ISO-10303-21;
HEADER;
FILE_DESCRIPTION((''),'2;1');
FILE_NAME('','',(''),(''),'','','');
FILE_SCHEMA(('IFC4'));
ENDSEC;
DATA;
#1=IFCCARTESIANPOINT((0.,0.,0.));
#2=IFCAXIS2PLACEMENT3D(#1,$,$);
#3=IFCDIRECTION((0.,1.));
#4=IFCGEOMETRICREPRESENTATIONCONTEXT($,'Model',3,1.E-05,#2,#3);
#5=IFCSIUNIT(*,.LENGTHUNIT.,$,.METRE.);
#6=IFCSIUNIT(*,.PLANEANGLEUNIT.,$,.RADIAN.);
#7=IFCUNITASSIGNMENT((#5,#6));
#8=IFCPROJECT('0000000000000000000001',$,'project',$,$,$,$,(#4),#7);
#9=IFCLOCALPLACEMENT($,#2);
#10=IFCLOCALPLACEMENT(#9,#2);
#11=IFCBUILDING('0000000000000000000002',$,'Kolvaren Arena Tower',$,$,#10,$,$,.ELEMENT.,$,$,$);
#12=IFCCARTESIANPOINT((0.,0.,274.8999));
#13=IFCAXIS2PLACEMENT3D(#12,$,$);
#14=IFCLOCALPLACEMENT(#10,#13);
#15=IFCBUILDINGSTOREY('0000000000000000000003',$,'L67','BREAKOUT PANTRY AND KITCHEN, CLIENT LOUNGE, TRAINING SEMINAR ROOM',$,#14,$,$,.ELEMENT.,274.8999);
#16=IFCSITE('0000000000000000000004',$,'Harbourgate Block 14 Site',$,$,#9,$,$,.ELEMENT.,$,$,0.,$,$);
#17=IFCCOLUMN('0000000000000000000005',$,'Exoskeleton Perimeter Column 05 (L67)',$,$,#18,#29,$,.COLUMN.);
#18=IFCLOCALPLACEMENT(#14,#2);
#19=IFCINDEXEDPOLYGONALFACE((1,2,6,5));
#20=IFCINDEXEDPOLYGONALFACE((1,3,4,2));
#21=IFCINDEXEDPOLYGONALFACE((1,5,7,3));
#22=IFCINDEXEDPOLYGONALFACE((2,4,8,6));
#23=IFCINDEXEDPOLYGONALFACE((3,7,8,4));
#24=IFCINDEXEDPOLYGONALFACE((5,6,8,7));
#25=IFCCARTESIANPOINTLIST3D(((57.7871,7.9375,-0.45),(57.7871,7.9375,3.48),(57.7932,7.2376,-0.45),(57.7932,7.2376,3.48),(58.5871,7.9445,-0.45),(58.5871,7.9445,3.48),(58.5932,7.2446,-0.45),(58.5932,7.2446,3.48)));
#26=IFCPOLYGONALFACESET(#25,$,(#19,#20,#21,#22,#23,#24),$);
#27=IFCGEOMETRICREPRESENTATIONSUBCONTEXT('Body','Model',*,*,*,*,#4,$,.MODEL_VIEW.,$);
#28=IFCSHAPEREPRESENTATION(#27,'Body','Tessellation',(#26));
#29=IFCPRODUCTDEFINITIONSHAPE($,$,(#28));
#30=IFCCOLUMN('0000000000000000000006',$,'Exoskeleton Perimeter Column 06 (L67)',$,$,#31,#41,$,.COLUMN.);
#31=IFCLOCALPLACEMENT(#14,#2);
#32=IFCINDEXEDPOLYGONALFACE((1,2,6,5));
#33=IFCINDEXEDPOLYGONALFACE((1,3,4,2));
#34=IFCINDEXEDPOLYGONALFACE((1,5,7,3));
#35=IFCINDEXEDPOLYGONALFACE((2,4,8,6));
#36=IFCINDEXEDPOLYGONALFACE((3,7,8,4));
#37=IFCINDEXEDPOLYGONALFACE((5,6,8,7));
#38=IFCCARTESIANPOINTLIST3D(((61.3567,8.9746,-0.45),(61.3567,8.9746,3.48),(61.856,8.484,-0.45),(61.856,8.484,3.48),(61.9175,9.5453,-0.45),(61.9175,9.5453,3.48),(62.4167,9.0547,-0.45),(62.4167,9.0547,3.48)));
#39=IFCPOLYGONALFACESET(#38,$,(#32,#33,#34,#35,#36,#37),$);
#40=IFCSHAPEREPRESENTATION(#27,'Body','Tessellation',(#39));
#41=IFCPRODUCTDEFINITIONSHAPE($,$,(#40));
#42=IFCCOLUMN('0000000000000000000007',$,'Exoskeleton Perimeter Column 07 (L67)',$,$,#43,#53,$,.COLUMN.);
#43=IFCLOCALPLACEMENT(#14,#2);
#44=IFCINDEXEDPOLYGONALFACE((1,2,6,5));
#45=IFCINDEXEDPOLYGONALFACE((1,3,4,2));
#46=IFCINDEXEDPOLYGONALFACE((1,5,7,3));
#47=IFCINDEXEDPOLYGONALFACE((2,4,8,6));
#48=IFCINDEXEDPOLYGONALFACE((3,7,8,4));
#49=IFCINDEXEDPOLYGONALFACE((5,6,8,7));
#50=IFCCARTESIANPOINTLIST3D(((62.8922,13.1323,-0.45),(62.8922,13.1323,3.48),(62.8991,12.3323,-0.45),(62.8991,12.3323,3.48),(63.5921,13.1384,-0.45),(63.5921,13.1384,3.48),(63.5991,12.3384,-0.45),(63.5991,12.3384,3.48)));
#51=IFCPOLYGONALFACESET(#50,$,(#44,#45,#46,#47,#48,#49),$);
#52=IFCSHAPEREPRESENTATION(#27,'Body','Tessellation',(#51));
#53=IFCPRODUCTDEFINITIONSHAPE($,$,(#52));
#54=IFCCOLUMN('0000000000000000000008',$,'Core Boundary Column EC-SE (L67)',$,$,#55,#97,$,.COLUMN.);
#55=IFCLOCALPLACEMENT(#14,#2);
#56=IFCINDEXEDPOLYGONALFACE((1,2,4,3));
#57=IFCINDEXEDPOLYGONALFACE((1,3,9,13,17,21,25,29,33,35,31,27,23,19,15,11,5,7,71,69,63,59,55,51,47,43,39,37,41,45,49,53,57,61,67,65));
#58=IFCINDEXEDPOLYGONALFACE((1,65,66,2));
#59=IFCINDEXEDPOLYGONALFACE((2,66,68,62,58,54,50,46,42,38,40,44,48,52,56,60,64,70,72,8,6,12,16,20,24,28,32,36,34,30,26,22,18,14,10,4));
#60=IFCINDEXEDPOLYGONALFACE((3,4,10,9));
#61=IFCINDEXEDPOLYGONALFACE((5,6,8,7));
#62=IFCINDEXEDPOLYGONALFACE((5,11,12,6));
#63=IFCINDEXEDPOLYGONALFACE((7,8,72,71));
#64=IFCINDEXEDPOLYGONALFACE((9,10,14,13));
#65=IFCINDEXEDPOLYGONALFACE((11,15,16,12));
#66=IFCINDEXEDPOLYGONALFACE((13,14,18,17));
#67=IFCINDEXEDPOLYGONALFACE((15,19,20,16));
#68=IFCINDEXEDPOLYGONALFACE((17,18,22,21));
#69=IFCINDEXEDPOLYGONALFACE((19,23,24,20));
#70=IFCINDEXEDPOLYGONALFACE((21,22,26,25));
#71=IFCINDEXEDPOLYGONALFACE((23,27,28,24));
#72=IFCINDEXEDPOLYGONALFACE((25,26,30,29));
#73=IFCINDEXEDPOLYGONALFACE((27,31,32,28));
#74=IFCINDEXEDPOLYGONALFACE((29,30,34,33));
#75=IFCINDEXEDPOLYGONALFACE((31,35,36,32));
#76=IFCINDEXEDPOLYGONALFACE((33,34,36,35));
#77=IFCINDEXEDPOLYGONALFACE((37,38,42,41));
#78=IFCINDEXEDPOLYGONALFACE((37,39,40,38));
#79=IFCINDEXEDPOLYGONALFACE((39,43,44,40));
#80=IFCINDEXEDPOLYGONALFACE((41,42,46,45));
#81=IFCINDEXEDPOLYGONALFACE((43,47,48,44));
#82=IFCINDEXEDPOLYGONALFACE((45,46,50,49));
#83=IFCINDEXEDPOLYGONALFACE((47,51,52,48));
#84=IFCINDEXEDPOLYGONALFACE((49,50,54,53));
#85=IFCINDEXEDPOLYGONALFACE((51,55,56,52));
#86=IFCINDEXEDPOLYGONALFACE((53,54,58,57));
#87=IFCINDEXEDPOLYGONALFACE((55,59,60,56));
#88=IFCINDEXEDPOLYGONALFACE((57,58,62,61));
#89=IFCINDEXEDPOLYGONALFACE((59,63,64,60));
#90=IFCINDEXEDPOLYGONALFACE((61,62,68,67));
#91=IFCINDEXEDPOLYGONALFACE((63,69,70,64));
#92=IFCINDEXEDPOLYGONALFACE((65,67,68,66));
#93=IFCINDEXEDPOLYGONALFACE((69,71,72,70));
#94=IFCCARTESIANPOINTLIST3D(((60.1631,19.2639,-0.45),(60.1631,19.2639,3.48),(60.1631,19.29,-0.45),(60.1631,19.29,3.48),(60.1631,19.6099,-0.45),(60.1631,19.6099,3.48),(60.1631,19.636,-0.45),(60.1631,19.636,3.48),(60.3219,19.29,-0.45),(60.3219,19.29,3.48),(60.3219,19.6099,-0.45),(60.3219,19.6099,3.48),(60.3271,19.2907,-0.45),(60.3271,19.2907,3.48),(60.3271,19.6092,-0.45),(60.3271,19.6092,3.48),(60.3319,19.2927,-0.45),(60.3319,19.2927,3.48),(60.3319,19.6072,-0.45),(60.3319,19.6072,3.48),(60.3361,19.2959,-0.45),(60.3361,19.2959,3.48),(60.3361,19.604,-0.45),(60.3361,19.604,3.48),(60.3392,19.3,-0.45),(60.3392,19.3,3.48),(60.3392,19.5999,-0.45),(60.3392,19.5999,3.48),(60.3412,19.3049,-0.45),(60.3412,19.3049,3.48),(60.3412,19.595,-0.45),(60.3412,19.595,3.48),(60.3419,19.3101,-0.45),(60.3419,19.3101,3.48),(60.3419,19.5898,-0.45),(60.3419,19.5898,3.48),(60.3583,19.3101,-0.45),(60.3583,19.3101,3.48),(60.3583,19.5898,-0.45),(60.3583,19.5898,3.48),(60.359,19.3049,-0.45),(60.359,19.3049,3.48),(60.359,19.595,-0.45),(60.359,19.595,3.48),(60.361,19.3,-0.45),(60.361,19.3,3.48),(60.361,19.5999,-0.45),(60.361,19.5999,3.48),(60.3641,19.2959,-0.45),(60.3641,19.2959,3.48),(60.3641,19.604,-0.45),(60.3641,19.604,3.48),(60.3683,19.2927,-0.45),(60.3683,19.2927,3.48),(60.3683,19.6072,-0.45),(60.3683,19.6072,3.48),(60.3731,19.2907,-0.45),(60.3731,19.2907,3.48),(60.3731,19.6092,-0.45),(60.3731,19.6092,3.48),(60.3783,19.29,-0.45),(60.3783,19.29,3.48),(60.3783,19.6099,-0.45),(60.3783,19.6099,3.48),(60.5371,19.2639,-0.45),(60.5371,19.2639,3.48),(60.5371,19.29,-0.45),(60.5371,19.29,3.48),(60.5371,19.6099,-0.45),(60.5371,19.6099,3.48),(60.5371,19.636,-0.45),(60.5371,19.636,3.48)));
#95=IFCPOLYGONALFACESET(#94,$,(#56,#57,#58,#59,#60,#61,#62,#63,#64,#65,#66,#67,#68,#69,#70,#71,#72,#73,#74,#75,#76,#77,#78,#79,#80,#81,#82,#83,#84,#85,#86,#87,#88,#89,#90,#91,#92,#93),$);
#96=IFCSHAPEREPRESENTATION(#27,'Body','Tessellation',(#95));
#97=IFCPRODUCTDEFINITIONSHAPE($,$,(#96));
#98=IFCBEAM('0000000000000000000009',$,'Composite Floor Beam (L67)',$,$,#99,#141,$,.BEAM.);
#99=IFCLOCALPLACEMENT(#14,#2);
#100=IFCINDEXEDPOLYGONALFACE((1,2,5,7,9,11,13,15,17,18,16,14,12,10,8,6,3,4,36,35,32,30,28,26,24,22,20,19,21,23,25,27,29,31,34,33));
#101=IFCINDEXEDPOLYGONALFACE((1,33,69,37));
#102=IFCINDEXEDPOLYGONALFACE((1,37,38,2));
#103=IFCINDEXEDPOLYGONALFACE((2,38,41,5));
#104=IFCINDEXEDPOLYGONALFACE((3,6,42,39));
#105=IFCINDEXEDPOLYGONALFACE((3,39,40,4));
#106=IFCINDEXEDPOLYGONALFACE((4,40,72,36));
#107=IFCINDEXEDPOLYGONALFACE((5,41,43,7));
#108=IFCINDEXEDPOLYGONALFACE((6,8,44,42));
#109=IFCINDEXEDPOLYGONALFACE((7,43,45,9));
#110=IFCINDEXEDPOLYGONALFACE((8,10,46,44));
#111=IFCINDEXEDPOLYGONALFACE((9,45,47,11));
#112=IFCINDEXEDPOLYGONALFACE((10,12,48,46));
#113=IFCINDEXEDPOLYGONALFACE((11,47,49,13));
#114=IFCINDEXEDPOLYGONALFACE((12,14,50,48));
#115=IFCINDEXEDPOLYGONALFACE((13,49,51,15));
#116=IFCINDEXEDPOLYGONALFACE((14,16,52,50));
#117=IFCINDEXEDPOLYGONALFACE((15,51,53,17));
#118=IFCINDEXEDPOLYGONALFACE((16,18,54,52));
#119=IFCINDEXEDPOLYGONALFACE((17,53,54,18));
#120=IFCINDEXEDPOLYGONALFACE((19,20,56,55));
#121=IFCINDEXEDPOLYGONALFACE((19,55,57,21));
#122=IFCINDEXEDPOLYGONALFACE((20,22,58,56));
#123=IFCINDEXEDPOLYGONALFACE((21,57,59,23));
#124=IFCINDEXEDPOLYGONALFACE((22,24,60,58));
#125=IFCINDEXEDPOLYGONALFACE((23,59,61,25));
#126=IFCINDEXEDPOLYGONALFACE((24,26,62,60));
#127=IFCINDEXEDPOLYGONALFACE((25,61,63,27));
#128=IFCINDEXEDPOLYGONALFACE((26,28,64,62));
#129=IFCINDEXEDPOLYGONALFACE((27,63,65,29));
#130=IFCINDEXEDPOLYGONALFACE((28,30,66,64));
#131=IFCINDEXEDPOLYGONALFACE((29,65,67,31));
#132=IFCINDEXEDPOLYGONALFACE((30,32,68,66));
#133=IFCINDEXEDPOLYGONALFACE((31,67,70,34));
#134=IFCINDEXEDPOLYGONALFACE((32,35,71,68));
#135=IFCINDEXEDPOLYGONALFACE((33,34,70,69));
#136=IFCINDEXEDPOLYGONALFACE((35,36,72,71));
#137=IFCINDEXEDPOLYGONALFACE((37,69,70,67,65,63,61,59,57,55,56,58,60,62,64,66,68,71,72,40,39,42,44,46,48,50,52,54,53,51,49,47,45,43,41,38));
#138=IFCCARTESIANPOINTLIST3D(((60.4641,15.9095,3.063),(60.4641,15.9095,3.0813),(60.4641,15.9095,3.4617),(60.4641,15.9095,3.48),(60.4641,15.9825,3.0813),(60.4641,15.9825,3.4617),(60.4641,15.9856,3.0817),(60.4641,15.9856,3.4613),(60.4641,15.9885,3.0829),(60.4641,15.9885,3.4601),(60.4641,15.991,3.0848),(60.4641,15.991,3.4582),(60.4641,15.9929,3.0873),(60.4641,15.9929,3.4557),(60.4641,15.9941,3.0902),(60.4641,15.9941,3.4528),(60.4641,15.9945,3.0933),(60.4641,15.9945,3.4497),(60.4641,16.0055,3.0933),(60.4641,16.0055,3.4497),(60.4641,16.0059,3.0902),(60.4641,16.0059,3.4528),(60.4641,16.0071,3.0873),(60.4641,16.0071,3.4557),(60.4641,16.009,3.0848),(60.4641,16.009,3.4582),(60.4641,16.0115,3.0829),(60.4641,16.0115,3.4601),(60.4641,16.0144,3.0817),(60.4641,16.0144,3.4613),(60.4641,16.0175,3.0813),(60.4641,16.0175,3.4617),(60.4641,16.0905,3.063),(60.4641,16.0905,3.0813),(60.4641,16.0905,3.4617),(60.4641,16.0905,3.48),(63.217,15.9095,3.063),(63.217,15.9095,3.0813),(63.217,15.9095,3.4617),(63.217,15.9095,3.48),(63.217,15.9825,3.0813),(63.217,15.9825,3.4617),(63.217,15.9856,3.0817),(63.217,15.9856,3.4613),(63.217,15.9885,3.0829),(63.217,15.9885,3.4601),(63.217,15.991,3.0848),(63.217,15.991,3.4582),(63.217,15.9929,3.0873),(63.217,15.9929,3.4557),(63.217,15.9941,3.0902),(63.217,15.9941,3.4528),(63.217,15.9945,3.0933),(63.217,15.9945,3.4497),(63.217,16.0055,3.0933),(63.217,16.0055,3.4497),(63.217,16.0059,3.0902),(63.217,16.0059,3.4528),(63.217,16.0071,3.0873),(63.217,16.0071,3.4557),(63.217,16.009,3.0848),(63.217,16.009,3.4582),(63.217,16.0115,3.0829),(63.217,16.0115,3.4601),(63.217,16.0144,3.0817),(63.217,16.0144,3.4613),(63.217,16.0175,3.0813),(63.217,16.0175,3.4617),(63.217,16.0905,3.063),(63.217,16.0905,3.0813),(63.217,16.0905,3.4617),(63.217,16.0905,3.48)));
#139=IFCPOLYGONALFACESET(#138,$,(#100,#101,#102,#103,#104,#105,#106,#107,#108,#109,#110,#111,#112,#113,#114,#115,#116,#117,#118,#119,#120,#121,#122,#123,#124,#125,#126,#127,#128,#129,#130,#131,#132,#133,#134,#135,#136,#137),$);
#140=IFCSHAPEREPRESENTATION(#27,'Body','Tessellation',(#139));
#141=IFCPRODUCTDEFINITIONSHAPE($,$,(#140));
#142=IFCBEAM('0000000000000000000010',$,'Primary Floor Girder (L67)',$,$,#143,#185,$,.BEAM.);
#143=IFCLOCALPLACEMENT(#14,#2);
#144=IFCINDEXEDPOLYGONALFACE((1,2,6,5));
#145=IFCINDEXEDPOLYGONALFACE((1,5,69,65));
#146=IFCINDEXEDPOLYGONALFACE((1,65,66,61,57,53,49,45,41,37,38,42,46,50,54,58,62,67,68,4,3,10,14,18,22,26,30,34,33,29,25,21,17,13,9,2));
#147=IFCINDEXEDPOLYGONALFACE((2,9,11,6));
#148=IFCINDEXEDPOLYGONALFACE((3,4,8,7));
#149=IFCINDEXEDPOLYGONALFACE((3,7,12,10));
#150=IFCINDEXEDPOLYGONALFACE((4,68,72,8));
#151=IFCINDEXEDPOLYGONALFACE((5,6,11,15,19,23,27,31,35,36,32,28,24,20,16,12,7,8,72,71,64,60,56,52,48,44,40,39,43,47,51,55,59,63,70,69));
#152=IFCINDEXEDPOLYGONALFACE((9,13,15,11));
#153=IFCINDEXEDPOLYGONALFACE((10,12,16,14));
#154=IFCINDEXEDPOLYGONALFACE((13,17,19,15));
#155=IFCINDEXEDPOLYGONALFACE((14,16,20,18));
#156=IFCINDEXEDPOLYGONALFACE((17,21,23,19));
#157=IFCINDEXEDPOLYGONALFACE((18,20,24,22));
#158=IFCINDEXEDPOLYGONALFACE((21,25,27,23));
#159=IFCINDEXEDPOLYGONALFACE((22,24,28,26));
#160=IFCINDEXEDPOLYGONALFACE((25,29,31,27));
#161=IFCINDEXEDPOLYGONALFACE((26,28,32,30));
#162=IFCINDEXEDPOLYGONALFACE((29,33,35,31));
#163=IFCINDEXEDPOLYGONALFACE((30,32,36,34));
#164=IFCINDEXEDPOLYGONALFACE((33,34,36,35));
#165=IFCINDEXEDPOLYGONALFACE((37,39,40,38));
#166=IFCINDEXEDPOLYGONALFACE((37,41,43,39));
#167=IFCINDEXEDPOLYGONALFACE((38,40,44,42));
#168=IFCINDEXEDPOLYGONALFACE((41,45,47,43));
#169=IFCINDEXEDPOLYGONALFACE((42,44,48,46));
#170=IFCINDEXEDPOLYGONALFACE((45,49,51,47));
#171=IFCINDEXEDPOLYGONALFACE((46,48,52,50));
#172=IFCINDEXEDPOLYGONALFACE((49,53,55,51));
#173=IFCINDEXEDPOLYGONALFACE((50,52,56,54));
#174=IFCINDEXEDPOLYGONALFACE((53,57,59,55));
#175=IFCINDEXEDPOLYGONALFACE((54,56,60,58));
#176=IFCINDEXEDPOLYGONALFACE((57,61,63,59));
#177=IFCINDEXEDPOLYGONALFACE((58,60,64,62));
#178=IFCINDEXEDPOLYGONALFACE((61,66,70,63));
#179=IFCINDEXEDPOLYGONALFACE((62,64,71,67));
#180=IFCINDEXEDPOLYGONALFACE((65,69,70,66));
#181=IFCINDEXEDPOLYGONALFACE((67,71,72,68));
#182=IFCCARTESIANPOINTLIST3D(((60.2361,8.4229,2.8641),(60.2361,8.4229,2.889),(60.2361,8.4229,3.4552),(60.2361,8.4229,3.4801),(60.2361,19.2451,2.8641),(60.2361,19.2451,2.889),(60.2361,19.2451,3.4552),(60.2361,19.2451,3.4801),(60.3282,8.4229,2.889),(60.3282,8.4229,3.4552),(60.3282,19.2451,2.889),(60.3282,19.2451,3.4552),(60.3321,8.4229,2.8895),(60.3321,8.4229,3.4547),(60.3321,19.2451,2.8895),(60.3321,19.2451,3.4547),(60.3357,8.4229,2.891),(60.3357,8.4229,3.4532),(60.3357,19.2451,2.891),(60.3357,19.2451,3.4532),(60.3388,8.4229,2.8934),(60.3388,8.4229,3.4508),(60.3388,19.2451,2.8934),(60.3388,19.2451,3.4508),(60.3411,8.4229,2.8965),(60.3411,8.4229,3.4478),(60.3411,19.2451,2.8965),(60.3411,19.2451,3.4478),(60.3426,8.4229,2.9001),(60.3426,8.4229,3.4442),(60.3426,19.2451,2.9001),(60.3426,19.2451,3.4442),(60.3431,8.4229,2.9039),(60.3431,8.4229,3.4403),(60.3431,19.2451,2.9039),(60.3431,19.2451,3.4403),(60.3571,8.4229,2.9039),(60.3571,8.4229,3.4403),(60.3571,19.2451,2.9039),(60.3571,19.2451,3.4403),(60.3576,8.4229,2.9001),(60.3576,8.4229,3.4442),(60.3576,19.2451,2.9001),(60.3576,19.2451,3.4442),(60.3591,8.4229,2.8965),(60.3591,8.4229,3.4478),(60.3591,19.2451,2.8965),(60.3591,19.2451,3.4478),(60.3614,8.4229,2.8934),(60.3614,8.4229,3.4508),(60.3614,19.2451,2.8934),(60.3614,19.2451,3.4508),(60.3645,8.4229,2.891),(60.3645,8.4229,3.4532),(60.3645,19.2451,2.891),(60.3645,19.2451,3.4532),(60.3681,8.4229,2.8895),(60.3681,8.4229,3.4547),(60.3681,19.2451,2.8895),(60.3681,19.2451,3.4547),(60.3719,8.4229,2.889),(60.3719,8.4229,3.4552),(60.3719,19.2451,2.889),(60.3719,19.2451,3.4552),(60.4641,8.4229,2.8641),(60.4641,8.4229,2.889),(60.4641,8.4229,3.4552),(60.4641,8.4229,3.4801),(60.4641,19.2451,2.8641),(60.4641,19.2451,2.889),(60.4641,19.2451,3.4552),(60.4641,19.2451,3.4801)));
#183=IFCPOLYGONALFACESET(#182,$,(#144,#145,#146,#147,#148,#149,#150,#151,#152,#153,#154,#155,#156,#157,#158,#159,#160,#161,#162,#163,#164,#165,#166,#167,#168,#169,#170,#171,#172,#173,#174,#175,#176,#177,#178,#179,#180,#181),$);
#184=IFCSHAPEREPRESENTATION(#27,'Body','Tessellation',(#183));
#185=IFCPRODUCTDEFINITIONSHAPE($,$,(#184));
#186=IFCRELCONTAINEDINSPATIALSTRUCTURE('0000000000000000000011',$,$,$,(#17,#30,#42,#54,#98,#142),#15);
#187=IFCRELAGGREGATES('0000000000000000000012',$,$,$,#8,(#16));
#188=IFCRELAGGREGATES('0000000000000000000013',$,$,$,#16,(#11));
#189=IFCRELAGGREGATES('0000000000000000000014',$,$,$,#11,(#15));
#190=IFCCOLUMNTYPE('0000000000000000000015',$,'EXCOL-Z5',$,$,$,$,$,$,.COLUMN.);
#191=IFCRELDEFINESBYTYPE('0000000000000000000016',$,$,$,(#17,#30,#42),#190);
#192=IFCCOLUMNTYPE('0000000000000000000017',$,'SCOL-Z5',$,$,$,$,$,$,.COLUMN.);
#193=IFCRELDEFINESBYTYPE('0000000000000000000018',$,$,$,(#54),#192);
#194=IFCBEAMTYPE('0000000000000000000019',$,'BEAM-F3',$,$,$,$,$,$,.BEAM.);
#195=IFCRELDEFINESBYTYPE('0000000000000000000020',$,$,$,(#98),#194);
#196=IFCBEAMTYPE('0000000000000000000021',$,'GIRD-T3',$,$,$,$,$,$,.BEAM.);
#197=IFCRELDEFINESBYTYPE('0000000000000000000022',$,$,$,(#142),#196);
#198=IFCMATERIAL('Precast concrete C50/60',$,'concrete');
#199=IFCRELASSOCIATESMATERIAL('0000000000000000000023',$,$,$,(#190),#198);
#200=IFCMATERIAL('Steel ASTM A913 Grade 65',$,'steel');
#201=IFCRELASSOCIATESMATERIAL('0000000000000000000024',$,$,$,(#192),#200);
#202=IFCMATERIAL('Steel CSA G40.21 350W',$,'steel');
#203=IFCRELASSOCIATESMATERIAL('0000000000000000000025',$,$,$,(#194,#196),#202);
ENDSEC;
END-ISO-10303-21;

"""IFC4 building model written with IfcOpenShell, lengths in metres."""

from ifc_helpers import new_model, si_unit, direction, frame, origin, origin_2d, place, context, subcontext, project, spatial, rectangle, i_section, extrude, material, material_profile, profile_set, type_object, element, save


model = new_model("IFC4")

# Units and contexts
model_context = context("Model", 3, precision=1e-05, world=origin(), true_north=direction((0.0, 1.0)))
body_context = subcontext(model_context, "Body", "Model", "MODEL_VIEW")
ifc_project = project(units=[si_unit("LENGTHUNIT", "METRE"), si_unit("PLANEANGLEUNIT", "RADIAN")], contexts=[model_context])

# Site, building, storey
site_placement = place(None, origin())
site = spatial("IfcSite", under=ifc_project, at=site_placement, Name="Harbourgate Block 14 Site", CompositionType="ELEMENT", RefElevation=0.0)
building_placement = place(site_placement, origin())
building = spatial("IfcBuilding", under=site, at=building_placement, Name="Kolvaren Arena Tower", CompositionType="ELEMENT")
storey_placement = place(building_placement, frame((0.0, 0.0, 274.8999)))
storey = spatial("IfcBuildingStorey", under=building, at=storey_placement, Name="L67", Description="BREAKOUT PANTRY AND KITCHEN, CLIENT LOUNGE, TRAINING SEMINAR ROOM", CompositionType="ELEMENT", Elevation=274.8999)

# Columns
ifc_material_1 = material(Name="Precast concrete C50/60", Category="concrete")
ifc_material_profile_1 = material_profile(ifc_material_1, rectangle(XDim=0.8, YDim=0.7, at=origin_2d()), Name="RC-800x700")
ifc_profile_set_1 = profile_set([ifc_material_profile_1], Name="Precast concrete C50/60")
column_type_1 = type_object("IfcColumnType", Name="EXCOL-Z5", PredefinedType="COLUMN", material=ifc_profile_set_1)
for number, where, z_axis, x_axis, name in (
    (1, (58.1902, 7.5911, -0.45), (0.0, 0.0, 1.0), (0.999962, 0.008727, 0.0), "Exoskeleton Perimeter Column 05 (L67)"),
    (2, (61.8867, 9.0146, -0.45), (0.0, 0.0, 1.0), (0.700909, 0.71325, 0.0), "Exoskeleton Perimeter Column 06 (L67)"),
    (3, (63.2456, 12.7354, -0.45), (0.0, 0.0, 1.0), (-0.008727, 0.999962, 0.0), "Exoskeleton Perimeter Column 07 (L67)"),
):
    element("IfcColumn", number, at=place(storey_placement, frame(where, z_axis=z_axis, x_axis=x_axis)), inside=storey, type_object=column_type_1, Name=name, PredefinedType="COLUMN", context=body_context, shape_type="SweptSolid", body=[
        extrude(rectangle(XDim=0.8, YDim=0.7, at=origin_2d()), origin(), (0.0, 0.0, 1.0), 3.9299),
    ])
ifc_material_2 = material(Name="Steel ASTM A913 Grade 65", Category="steel")
ifc_material_profile_2 = material_profile(ifc_material_2, i_section(OverallWidth=0.374, OverallDepth=0.3721, WebThickness=0.0164, FlangeThickness=0.0261, FilletRadius=0.02, at=origin_2d()), Name="W360x196")
ifc_profile_set_2 = profile_set([ifc_material_profile_2], Name="Steel ASTM A913 Grade 65")
column_type_2 = type_object("IfcColumnType", Name="SCOL-Z5", PredefinedType="COLUMN", material=ifc_profile_set_2)
column_placement = place(storey_placement, frame((60.3501, 19.45, -0.45), z_axis=(0.0, 0.0, 1.0), x_axis=(1.0, 0.0, 0.0)))
element("IfcColumn", 4, at=column_placement, inside=storey, type_object=column_type_2, Name="Core Boundary Column EC-SE (L67)", PredefinedType="COLUMN", context=body_context, shape_type="SweptSolid", body=[
    extrude(i_section(OverallWidth=0.374, OverallDepth=0.3721, WebThickness=0.0164, FlangeThickness=0.0261, FilletRadius=0.02, at=origin_2d()), origin(), (0.0, 0.0, 1.0), 3.9299),
])

# Beams
ifc_material_3 = material(Name="Steel CSA G40.21 350W", Category="steel")
ifc_material_profile_3 = material_profile(ifc_material_3, i_section(OverallWidth=0.1809, OverallDepth=0.417, WebThickness=0.011, FlangeThickness=0.0183, FilletRadius=0.012, at=origin_2d()), Name="W410x85")
ifc_profile_set_3 = profile_set([ifc_material_profile_3], Name="Steel CSA G40.21 350W")
beam_type_1 = type_object("IfcBeamType", Name="BEAM-F3", PredefinedType="BEAM", material=ifc_profile_set_3)
beam_1_placement = place(storey_placement, frame((60.4641, 16.0, 3.2715), z_axis=(1.0, 0.0, 0.0), x_axis=(0.0, 1.0, 0.0)))
element("IfcBeam", 5, at=beam_1_placement, inside=storey, type_object=beam_type_1, Name="Composite Floor Beam (L67)", PredefinedType="BEAM", context=body_context, shape_type="SweptSolid", body=[
    extrude(i_section(OverallWidth=0.1809, OverallDepth=0.417, WebThickness=0.011, FlangeThickness=0.0183, FilletRadius=0.012, at=origin_2d()), origin(), (0.0, 0.0, 1.0), 2.7529),
])
ifc_material_profile_4 = material_profile(ifc_material_3, i_section(OverallWidth=0.228, OverallDepth=0.616, WebThickness=0.0139, FlangeThickness=0.0249, FilletRadius=0.0149, at=origin_2d()), Name="W610x174")
ifc_profile_set_4 = profile_set([ifc_material_profile_4], Name="Steel CSA G40.21 350W")
beam_type_2 = type_object("IfcBeamType", Name="GIRD-T3", PredefinedType="BEAM", material=ifc_profile_set_4)
beam_2_placement = place(storey_placement, frame((60.3501, 8.4229, 3.1721), z_axis=(0.0, 1.0, 0.0), x_axis=(-1.0, 0.0, 0.0)))
element("IfcBeam", 6, at=beam_2_placement, inside=storey, type_object=beam_type_2, Name="Primary Floor Girder (L67)", PredefinedType="BEAM", context=body_context, shape_type="SweptSolid", body=[
    extrude(i_section(OverallWidth=0.228, OverallDepth=0.616, WebThickness=0.0139, FlangeThickness=0.0249, FilletRadius=0.0149, at=origin_2d()), origin(), (0.0, 0.0, 1.0), 10.8223),
])

save(model, "model.ifc")
